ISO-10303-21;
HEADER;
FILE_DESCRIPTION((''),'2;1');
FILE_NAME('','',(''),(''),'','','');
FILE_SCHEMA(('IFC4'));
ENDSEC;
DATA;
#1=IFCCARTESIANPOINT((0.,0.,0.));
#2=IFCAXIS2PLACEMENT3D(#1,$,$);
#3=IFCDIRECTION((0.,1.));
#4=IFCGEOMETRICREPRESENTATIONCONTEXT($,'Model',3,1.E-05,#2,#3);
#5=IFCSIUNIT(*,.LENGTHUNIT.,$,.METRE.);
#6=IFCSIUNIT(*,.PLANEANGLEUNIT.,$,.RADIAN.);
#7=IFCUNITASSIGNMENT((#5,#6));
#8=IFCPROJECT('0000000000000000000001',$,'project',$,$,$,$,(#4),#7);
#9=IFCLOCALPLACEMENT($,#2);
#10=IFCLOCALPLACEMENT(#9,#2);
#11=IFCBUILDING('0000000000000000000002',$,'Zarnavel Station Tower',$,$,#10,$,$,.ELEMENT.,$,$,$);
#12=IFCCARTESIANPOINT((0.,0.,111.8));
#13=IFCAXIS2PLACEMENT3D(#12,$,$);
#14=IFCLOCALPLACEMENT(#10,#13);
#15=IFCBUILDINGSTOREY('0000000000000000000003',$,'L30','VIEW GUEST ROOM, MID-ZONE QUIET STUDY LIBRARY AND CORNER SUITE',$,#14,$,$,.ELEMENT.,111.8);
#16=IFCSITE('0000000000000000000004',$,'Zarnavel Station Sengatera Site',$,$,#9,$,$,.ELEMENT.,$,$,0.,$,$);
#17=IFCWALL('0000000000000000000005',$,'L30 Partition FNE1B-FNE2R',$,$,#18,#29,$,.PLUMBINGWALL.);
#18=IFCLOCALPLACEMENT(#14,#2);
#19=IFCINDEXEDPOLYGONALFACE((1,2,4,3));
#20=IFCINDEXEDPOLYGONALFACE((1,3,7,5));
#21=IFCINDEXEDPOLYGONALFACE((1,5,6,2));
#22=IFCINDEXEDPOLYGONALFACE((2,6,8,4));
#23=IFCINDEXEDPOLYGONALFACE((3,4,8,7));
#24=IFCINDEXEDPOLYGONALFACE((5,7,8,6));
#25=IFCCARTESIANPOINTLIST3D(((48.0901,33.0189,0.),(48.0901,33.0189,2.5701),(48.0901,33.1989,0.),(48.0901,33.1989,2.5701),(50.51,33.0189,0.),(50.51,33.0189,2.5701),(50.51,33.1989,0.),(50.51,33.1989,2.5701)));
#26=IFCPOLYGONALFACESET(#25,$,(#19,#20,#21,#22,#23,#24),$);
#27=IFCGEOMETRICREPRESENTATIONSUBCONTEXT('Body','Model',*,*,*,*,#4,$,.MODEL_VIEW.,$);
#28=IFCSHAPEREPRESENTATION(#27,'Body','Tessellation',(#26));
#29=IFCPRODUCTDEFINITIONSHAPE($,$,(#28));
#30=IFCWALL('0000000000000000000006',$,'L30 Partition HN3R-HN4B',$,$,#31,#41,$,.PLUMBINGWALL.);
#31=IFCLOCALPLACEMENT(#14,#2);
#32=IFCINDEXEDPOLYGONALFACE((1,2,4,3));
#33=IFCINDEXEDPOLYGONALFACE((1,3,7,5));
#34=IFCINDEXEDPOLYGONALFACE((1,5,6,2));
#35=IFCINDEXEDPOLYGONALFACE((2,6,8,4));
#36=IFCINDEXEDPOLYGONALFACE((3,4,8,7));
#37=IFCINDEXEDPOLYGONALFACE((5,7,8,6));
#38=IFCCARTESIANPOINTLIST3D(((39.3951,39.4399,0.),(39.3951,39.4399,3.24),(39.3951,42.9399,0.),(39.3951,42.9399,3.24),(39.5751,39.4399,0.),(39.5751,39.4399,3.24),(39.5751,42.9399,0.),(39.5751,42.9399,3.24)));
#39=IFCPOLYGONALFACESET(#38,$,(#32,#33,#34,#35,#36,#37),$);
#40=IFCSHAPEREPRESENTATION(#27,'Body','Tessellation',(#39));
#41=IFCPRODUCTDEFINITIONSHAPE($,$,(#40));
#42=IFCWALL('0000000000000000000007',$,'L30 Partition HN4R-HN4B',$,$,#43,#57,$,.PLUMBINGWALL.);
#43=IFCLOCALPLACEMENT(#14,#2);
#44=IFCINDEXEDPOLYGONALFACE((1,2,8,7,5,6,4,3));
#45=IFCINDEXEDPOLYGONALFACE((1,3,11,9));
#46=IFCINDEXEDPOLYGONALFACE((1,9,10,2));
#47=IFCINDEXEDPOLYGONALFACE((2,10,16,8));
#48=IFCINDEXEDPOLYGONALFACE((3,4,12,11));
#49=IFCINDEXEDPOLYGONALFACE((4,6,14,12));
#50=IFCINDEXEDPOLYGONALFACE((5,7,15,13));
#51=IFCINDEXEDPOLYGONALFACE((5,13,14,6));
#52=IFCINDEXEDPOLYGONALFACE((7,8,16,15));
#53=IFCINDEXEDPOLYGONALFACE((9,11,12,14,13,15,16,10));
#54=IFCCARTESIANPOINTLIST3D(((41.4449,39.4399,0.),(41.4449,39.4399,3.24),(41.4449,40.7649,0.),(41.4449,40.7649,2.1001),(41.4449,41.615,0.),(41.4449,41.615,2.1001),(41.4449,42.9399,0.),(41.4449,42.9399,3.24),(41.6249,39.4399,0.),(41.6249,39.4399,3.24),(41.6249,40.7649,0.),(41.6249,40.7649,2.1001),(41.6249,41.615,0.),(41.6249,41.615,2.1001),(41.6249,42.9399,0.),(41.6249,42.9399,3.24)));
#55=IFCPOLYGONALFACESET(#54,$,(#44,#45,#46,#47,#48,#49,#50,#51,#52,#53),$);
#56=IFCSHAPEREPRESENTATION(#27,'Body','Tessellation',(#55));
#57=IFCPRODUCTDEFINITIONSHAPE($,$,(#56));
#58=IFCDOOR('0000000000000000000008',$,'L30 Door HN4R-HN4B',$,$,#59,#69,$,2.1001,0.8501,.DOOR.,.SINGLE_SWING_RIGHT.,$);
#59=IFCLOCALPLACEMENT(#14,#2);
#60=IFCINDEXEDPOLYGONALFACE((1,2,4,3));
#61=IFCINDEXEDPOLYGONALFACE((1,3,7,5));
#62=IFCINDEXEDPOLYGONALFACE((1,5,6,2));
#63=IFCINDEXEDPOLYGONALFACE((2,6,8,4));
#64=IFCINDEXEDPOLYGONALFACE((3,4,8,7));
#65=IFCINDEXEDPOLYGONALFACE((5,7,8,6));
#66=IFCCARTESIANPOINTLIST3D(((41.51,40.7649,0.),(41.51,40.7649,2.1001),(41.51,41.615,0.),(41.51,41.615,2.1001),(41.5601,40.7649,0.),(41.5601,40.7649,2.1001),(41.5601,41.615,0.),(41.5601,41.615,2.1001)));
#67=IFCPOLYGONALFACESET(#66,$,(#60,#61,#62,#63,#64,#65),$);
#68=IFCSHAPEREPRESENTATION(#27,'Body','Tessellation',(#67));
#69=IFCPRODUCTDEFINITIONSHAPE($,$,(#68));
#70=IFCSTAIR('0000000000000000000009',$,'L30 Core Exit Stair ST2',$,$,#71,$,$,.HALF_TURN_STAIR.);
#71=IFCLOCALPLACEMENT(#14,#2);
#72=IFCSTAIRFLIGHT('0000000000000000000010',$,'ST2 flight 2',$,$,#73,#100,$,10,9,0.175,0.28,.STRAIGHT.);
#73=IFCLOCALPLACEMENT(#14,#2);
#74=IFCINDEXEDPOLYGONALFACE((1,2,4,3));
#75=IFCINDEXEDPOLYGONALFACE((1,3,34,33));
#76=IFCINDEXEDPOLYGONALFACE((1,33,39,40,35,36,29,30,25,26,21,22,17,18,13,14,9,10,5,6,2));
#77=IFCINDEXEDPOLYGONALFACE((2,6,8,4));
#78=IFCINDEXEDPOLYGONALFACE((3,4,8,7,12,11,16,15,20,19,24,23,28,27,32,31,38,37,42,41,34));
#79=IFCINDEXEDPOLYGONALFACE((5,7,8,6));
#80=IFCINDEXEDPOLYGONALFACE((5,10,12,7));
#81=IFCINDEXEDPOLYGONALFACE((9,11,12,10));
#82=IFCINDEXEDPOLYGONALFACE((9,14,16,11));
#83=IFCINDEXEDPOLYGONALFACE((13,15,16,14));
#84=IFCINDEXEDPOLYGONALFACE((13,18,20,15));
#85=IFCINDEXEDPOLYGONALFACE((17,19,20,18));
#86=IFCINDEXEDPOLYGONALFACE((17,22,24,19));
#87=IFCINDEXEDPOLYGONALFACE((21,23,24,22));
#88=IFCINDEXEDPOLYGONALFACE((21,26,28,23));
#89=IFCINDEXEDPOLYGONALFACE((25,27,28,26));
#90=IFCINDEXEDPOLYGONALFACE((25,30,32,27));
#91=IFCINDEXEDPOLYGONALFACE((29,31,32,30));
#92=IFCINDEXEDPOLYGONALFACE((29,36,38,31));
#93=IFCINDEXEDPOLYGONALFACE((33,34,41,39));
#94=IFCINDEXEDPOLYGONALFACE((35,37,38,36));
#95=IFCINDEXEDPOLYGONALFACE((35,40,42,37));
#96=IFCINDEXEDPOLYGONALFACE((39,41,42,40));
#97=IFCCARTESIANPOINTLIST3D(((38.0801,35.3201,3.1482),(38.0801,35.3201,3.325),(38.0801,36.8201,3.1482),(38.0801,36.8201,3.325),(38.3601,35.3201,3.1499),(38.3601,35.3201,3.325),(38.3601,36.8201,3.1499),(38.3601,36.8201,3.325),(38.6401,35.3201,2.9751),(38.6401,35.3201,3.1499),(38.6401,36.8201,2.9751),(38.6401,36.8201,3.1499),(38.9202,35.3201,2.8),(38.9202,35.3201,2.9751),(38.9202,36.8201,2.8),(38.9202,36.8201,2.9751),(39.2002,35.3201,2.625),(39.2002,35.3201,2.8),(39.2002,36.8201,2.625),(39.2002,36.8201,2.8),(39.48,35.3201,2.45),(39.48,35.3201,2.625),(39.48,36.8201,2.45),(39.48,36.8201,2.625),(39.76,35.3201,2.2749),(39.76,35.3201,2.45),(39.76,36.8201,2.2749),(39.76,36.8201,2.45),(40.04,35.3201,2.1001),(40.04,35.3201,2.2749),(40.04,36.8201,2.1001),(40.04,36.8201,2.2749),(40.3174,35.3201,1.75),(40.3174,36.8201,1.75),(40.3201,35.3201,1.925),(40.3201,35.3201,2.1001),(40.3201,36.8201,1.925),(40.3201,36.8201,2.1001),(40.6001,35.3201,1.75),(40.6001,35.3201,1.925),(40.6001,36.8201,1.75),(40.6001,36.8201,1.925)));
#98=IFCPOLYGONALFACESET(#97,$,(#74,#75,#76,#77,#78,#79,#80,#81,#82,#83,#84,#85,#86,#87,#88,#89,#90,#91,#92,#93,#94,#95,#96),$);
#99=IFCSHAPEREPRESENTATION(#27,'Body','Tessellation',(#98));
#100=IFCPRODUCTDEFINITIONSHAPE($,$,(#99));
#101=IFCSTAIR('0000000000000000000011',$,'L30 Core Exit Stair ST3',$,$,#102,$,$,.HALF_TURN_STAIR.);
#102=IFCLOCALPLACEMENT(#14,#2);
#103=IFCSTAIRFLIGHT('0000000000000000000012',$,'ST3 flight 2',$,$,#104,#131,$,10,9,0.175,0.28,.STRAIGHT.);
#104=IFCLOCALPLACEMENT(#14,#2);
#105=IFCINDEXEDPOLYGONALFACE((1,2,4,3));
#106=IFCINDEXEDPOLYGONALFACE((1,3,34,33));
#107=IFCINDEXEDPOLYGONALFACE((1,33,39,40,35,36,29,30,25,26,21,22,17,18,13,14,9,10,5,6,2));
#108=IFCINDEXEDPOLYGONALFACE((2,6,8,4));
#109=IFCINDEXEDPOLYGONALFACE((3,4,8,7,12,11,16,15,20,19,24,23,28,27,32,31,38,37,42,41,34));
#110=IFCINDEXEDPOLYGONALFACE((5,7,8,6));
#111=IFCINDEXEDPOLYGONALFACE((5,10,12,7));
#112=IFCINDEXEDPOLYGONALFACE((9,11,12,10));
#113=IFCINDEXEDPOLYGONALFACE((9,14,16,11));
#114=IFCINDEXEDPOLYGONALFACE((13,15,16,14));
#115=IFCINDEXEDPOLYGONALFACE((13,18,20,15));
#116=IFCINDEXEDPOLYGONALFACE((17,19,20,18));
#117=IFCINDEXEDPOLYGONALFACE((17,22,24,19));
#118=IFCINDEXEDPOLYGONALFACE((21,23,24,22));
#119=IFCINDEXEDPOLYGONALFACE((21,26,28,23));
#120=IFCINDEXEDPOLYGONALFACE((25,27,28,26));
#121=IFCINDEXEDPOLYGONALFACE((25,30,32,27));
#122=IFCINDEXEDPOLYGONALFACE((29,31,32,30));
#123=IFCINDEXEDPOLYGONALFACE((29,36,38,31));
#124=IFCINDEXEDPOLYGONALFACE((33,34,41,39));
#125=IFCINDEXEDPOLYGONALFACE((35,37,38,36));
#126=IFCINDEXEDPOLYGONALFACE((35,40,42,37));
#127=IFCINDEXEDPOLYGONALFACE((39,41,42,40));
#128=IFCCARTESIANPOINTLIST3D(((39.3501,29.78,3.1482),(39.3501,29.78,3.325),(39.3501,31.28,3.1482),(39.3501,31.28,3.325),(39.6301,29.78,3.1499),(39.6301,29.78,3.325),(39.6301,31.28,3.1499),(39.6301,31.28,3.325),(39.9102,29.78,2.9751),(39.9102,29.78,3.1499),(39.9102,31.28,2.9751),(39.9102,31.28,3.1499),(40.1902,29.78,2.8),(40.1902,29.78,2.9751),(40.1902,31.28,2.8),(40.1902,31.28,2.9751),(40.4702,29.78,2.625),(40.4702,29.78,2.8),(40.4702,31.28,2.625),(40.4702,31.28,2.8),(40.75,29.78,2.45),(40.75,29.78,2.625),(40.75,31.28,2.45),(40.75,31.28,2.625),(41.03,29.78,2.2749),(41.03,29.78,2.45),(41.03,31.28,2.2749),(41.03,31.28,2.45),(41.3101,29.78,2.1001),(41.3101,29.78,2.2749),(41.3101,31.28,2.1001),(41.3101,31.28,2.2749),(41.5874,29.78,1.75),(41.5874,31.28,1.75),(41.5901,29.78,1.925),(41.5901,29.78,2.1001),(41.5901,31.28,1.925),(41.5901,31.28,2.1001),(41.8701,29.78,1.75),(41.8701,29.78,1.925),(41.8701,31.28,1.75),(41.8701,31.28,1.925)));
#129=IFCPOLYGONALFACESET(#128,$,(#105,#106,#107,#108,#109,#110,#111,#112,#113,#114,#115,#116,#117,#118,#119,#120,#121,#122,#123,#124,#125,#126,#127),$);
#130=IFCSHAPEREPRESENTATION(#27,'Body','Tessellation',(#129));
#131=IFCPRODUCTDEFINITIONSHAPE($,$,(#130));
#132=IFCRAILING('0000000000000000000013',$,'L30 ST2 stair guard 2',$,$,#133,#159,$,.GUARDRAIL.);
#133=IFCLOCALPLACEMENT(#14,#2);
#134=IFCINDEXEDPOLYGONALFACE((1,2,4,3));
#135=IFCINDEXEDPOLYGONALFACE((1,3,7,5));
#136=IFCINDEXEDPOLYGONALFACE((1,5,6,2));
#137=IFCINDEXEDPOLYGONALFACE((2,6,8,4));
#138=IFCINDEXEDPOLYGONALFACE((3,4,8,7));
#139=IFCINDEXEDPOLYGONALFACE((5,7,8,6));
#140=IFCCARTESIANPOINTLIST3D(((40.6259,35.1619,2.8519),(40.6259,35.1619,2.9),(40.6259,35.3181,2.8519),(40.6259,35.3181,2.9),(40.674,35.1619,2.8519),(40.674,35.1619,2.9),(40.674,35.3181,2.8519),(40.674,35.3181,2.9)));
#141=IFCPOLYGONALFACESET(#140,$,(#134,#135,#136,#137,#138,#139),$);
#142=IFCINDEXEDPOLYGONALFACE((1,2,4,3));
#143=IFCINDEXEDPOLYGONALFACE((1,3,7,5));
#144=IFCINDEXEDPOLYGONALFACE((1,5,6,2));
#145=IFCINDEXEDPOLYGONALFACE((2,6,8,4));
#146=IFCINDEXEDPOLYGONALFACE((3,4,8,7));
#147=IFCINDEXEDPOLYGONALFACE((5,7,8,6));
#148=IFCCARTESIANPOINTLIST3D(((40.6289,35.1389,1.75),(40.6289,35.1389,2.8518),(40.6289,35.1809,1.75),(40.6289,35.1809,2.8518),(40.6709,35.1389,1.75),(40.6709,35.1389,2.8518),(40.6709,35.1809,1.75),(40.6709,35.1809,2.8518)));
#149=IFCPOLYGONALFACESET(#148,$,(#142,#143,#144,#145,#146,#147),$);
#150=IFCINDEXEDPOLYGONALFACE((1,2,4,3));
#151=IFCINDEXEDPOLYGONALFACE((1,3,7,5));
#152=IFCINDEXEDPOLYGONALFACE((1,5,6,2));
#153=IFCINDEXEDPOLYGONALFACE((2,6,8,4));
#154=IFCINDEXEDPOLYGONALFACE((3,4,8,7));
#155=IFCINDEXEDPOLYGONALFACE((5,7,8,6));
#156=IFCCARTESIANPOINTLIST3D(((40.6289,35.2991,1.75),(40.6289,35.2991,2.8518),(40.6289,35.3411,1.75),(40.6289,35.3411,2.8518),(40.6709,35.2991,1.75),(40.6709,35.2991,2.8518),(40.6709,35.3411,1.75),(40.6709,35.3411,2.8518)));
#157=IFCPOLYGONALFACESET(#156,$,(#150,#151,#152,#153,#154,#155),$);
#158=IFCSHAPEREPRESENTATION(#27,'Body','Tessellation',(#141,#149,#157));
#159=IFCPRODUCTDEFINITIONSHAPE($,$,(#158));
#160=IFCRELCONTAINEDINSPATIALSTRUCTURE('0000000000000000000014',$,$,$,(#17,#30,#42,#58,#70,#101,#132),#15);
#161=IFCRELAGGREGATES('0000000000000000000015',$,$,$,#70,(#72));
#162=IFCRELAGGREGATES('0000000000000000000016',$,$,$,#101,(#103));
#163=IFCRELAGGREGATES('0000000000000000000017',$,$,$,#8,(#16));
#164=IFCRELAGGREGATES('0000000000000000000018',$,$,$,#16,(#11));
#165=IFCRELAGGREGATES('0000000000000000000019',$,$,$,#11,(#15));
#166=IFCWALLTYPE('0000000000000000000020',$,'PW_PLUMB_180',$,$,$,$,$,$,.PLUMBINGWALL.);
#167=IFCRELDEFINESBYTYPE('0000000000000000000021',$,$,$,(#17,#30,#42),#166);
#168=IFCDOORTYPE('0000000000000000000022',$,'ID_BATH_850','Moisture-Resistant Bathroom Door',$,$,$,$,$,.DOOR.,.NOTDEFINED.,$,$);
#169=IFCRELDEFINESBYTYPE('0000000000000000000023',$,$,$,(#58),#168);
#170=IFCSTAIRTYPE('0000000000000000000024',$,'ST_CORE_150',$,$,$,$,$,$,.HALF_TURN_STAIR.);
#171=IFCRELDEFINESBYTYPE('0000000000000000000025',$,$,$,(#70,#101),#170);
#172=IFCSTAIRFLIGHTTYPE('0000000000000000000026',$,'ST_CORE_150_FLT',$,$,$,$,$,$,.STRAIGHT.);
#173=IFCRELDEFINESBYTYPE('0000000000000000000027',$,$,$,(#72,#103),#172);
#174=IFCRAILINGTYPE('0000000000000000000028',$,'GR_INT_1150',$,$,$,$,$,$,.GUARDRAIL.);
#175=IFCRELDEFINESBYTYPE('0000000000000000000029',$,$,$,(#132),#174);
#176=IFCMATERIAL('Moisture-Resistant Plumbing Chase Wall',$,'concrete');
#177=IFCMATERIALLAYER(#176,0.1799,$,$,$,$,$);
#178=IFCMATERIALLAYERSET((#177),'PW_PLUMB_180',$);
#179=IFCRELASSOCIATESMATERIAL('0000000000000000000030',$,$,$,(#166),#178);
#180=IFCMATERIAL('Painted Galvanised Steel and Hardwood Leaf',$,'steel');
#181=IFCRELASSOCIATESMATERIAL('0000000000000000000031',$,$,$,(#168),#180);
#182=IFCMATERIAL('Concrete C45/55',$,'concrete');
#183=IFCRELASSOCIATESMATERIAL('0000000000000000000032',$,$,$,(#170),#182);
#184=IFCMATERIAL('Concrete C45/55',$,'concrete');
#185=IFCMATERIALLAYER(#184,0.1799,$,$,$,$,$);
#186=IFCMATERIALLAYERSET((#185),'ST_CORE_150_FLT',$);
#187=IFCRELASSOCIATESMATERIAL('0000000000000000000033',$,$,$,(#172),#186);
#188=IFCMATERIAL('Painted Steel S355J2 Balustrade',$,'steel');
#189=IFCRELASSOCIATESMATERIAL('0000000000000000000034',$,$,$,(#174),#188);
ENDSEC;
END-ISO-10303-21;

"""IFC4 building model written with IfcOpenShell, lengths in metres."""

from ifc_helpers import new_model, si_unit, direction, frame, frame_2d, origin, origin_2d, place, context, subcontext, project, spatial, polyline, rectangle, outline, extrude, material, layer, layer_set, type_object, element, fill, aggregate, save


model = new_model("IFC4")

# Units and contexts
model_context = context("Model", 3, precision=1e-05, world=origin(), true_north=direction((0.0, 1.0)))
body_context = subcontext(model_context, "Body", "Model", "MODEL_VIEW")
ifc_project = project(units=[si_unit("LENGTHUNIT", "METRE"), si_unit("PLANEANGLEUNIT", "RADIAN")], contexts=[model_context])

# Site, building, storey
site_placement = place(None, origin())
site = spatial("IfcSite", under=ifc_project, at=site_placement, Name="Zarnavel Station Sengatera Site", CompositionType="ELEMENT", RefElevation=0.0)
building_placement = place(site_placement, origin())
building = spatial("IfcBuilding", under=site, at=building_placement, Name="Zarnavel Station Tower", CompositionType="ELEMENT")
storey_placement = place(building_placement, frame((0.0, 0.0, 111.8)))
storey = spatial("IfcBuildingStorey", under=building, at=storey_placement, Name="L30", Description="VIEW GUEST ROOM, MID-ZONE QUIET STUDY LIBRARY AND CORNER SUITE", CompositionType="ELEMENT", Elevation=111.8)

# Shared definitions
ifc_material_1 = material(Name="Moisture-Resistant Plumbing Chase Wall", Category="concrete")
ifc_layer_1 = layer(ifc_material_1, 0.1799)
ifc_layer_set_1 = layer_set([ifc_layer_1], Name="PW_PLUMB_180")
wall_type_1 = type_object("IfcWallType", Name="PW_PLUMB_180", PredefinedType="PLUMBINGWALL", material=ifc_layer_set_1)

# Shared definitions
ifc_material_2 = material(Name="Painted Galvanised Steel and Hardwood Leaf", Category="steel")
door_type_1 = type_object("IfcDoorType", Name="ID_BATH_850", Description="Moisture-Resistant Bathroom Door", OperationType="NOTDEFINED", PredefinedType="DOOR", material=ifc_material_2)

# Walls
wall_1_placement = place(storey_placement, frame((48.0901, 33.1089, 0.0), z_axis=(0.0, 0.0, 1.0), x_axis=(1.0, 0.0, 0.0)))
element("IfcWall", 1, at=wall_1_placement, inside=storey, type_object=wall_type_1, Name="L30 Partition FNE1B-FNE2R", PredefinedType="PLUMBINGWALL", context=body_context, shape_type="SweptSolid", body=[
    extrude(rectangle(XDim=2.4199, YDim=0.1799, at=frame_2d((1.21, 0.0))), origin(), (0.0, 0.0, 1.0), 2.5701),
])
wall_2_placement = place(storey_placement, frame((39.4851, 39.4399, 0.0), z_axis=(0.0, 0.0, 1.0), x_axis=(0.0, 1.0, 0.0)))
element("IfcWall", 2, at=wall_2_placement, inside=storey, type_object=wall_type_1, Name="L30 Partition HN3R-HN4B", PredefinedType="PLUMBINGWALL", context=body_context, shape_type="SweptSolid", body=[
    extrude(rectangle(XDim=3.5, YDim=0.1799, at=frame_2d((1.75, 0.0))), origin(), (0.0, 0.0, 1.0), 3.24),
])

# Wall, opening, door
wall_3_placement = place(storey_placement, frame((41.5349, 39.4399, 0.0), z_axis=(0.0, 0.0, 1.0), x_axis=(0.0, 1.0, 0.0)))
wall_3 = element("IfcWall", 3, at=wall_3_placement, inside=storey, type_object=wall_type_1, Name="L30 Partition HN4R-HN4B", PredefinedType="PLUMBINGWALL", context=body_context, shape_type="SweptSolid", body=[
    extrude(rectangle(XDim=3.5, YDim=0.1799, at=frame_2d((1.75, 0.0))), origin(), (0.0, 0.0, 1.0), 3.24),
])
opening_1_placement = place(wall_3_placement, frame((1.325, 0.0, 0.0)))
opening_1 = element("IfcOpeningElement", 4, at=opening_1_placement, cuts=wall_3, PredefinedType="OPENING", context=body_context, shape_type="SweptSolid", body=[
    extrude(rectangle(XDim=0.8501, YDim=2.1001, at=frame_2d((0.425, 1.05))), frame((0.0, 0.0999, 0.0), z_axis=(0.0, -1.0, 0.0), x_axis=(1.0, 0.0, 0.0)), (0.0, 0.0, 1.0), 0.2),
])
door_1_placement = place(opening_1_placement, origin())
door_1 = element("IfcDoor", 5, at=door_1_placement, inside=storey, type_object=door_type_1, Name="L30 Door HN4R-HN4B", OperationType="SINGLE_SWING_RIGHT", OverallHeight=2.1001, OverallWidth=0.8501, PredefinedType="DOOR", context=body_context, shape_type="SweptSolid", body=[
    extrude(rectangle(XDim=0.8501, YDim=2.1001, at=frame_2d((0.425, 1.05))), frame((0.0, 0.0249, 0.0), z_axis=(0.0, -1.0, 0.0), x_axis=(1.0, 0.0, 0.0)), (0.0, 0.0, 1.0), 0.05),
])
fill(opening_1, door_1)

# Stairs, stair flights
ifc_material_3 = material(Name="Concrete C45/55", Category="concrete")
stair_type = type_object("IfcStairType", Name="ST_CORE_150", PredefinedType="HALF_TURN_STAIR", material=ifc_material_3)
stair_1_placement = place(storey_placement, origin())
stair_1 = element("IfcStair", 6, at=stair_1_placement, inside=storey, type_object=stair_type, Name="L30 Core Exit Stair ST2", PredefinedType="HALF_TURN_STAIR")
ifc_material_4 = material(Name="Concrete C45/55", Category="concrete")
ifc_layer_2 = layer(ifc_material_4, 0.1799)
ifc_layer_set_2 = layer_set([ifc_layer_2], Name="ST_CORE_150_FLT")
stair_flight_type = type_object("IfcStairFlightType", Name="ST_CORE_150_FLT", PredefinedType="STRAIGHT", material=ifc_layer_set_2)
stair_flight_1_placement = place(storey_placement, frame((40.6001, 36.0701, 1.75), z_axis=(0.0, 0.0, 1.0), x_axis=(-1.0, 0.0, 0.0)))
stair_flight_1 = element("IfcStairFlight", 7, at=stair_flight_1_placement, type_object=stair_flight_type, Name="ST2 flight 2", NumberOfRisers=10, NumberOfTreads=9, PredefinedType="STRAIGHT", RiserHeight=0.175, TreadLength=0.28, context=body_context, shape_type="SweptSolid", body=[
    extrude(outline(polyline([(0.0, 0.0), (0.0, 0.175), (0.28, 0.175), (0.28, 0.3501), (0.5601, 0.3501), (0.5601, 0.5249), (0.8401, 0.5249), (0.8401, 0.7), (1.1201, 0.7), (1.1201, 0.875), (1.3999, 0.875), (1.3999, 1.05), (1.6799, 1.05), (1.6799, 1.2251), (1.96, 1.2251), (1.96, 1.3999), (2.24, 1.3999), (2.24, 1.575), (2.52, 1.575), (2.52, 1.75), (2.52, 1.3982), (0.2827, 0.0), (0.0, 0.0)])), frame((0.0, 0.75, 0.0), z_axis=(0.0, -1.0, 0.0), x_axis=(1.0, 0.0, 0.0)), (0.0, 0.0, 1.0), 1.5),
])
aggregate(stair_1, [stair_flight_1])
stair_2_placement = place(storey_placement, origin())
stair_2 = element("IfcStair", 8, at=stair_2_placement, inside=storey, type_object=stair_type, Name="L30 Core Exit Stair ST3", PredefinedType="HALF_TURN_STAIR")
stair_flight_2_placement = place(storey_placement, frame((41.8701, 30.53, 1.75), z_axis=(0.0, 0.0, 1.0), x_axis=(-1.0, 0.0, 0.0)))
stair_flight_2 = element("IfcStairFlight", 9, at=stair_flight_2_placement, type_object=stair_flight_type, Name="ST3 flight 2", NumberOfRisers=10, NumberOfTreads=9, PredefinedType="STRAIGHT", RiserHeight=0.175, TreadLength=0.28, context=body_context, shape_type="SweptSolid", body=[
    extrude(outline(polyline([(0.0, 0.0), (0.0, 0.175), (0.28, 0.175), (0.28, 0.3501), (0.5601, 0.3501), (0.5601, 0.5249), (0.8401, 0.5249), (0.8401, 0.7), (1.1201, 0.7), (1.1201, 0.875), (1.3999, 0.875), (1.3999, 1.05), (1.6799, 1.05), (1.6799, 1.2251), (1.96, 1.2251), (1.96, 1.3999), (2.24, 1.3999), (2.24, 1.575), (2.52, 1.575), (2.52, 1.75), (2.52, 1.3982), (0.2827, 0.0), (0.0, 0.0)])), frame((0.0, 0.75, 0.0), z_axis=(0.0, -1.0, 0.0), x_axis=(1.0, 0.0, 0.0)), (0.0, 0.0, 1.0), 1.5),
])
aggregate(stair_2, [stair_flight_2])

# Railing
ifc_material_5 = material(Name="Painted Steel S355J2 Balustrade", Category="steel")
railing_type_1 = type_object("IfcRailingType", Name="GR_INT_1150", PredefinedType="GUARDRAIL", material=ifc_material_5)
railing_1_placement = place(storey_placement, frame((40.6499, 35.1599, 1.75)))
element("IfcRailing", 10, at=railing_1_placement, inside=storey, type_object=railing_type_1, Name="L30 ST2 stair guard 2", PredefinedType="GUARDRAIL", context=body_context, shape_type="SweptSolid", body=[
    extrude(rectangle(XDim=0.0481, YDim=0.0481, at=origin_2d()), frame((0.0, 0.002, 1.126), z_axis=(0.0, 1.0, 0.0), x_axis=(-1.0, 0.0, 0.0)), (0.0, 0.0, 1.0), 0.1562),
    extrude(rectangle(XDim=0.042, YDim=0.042, at=origin_2d()), origin(), (0.0, 0.0, 1.0), 1.1018),
    extrude(rectangle(XDim=0.042, YDim=0.042, at=origin_2d()), frame((0.0, 0.1602, 0.0)), (0.0, 0.0, 1.0), 1.1018),
])

save(model, "model.ifc")
